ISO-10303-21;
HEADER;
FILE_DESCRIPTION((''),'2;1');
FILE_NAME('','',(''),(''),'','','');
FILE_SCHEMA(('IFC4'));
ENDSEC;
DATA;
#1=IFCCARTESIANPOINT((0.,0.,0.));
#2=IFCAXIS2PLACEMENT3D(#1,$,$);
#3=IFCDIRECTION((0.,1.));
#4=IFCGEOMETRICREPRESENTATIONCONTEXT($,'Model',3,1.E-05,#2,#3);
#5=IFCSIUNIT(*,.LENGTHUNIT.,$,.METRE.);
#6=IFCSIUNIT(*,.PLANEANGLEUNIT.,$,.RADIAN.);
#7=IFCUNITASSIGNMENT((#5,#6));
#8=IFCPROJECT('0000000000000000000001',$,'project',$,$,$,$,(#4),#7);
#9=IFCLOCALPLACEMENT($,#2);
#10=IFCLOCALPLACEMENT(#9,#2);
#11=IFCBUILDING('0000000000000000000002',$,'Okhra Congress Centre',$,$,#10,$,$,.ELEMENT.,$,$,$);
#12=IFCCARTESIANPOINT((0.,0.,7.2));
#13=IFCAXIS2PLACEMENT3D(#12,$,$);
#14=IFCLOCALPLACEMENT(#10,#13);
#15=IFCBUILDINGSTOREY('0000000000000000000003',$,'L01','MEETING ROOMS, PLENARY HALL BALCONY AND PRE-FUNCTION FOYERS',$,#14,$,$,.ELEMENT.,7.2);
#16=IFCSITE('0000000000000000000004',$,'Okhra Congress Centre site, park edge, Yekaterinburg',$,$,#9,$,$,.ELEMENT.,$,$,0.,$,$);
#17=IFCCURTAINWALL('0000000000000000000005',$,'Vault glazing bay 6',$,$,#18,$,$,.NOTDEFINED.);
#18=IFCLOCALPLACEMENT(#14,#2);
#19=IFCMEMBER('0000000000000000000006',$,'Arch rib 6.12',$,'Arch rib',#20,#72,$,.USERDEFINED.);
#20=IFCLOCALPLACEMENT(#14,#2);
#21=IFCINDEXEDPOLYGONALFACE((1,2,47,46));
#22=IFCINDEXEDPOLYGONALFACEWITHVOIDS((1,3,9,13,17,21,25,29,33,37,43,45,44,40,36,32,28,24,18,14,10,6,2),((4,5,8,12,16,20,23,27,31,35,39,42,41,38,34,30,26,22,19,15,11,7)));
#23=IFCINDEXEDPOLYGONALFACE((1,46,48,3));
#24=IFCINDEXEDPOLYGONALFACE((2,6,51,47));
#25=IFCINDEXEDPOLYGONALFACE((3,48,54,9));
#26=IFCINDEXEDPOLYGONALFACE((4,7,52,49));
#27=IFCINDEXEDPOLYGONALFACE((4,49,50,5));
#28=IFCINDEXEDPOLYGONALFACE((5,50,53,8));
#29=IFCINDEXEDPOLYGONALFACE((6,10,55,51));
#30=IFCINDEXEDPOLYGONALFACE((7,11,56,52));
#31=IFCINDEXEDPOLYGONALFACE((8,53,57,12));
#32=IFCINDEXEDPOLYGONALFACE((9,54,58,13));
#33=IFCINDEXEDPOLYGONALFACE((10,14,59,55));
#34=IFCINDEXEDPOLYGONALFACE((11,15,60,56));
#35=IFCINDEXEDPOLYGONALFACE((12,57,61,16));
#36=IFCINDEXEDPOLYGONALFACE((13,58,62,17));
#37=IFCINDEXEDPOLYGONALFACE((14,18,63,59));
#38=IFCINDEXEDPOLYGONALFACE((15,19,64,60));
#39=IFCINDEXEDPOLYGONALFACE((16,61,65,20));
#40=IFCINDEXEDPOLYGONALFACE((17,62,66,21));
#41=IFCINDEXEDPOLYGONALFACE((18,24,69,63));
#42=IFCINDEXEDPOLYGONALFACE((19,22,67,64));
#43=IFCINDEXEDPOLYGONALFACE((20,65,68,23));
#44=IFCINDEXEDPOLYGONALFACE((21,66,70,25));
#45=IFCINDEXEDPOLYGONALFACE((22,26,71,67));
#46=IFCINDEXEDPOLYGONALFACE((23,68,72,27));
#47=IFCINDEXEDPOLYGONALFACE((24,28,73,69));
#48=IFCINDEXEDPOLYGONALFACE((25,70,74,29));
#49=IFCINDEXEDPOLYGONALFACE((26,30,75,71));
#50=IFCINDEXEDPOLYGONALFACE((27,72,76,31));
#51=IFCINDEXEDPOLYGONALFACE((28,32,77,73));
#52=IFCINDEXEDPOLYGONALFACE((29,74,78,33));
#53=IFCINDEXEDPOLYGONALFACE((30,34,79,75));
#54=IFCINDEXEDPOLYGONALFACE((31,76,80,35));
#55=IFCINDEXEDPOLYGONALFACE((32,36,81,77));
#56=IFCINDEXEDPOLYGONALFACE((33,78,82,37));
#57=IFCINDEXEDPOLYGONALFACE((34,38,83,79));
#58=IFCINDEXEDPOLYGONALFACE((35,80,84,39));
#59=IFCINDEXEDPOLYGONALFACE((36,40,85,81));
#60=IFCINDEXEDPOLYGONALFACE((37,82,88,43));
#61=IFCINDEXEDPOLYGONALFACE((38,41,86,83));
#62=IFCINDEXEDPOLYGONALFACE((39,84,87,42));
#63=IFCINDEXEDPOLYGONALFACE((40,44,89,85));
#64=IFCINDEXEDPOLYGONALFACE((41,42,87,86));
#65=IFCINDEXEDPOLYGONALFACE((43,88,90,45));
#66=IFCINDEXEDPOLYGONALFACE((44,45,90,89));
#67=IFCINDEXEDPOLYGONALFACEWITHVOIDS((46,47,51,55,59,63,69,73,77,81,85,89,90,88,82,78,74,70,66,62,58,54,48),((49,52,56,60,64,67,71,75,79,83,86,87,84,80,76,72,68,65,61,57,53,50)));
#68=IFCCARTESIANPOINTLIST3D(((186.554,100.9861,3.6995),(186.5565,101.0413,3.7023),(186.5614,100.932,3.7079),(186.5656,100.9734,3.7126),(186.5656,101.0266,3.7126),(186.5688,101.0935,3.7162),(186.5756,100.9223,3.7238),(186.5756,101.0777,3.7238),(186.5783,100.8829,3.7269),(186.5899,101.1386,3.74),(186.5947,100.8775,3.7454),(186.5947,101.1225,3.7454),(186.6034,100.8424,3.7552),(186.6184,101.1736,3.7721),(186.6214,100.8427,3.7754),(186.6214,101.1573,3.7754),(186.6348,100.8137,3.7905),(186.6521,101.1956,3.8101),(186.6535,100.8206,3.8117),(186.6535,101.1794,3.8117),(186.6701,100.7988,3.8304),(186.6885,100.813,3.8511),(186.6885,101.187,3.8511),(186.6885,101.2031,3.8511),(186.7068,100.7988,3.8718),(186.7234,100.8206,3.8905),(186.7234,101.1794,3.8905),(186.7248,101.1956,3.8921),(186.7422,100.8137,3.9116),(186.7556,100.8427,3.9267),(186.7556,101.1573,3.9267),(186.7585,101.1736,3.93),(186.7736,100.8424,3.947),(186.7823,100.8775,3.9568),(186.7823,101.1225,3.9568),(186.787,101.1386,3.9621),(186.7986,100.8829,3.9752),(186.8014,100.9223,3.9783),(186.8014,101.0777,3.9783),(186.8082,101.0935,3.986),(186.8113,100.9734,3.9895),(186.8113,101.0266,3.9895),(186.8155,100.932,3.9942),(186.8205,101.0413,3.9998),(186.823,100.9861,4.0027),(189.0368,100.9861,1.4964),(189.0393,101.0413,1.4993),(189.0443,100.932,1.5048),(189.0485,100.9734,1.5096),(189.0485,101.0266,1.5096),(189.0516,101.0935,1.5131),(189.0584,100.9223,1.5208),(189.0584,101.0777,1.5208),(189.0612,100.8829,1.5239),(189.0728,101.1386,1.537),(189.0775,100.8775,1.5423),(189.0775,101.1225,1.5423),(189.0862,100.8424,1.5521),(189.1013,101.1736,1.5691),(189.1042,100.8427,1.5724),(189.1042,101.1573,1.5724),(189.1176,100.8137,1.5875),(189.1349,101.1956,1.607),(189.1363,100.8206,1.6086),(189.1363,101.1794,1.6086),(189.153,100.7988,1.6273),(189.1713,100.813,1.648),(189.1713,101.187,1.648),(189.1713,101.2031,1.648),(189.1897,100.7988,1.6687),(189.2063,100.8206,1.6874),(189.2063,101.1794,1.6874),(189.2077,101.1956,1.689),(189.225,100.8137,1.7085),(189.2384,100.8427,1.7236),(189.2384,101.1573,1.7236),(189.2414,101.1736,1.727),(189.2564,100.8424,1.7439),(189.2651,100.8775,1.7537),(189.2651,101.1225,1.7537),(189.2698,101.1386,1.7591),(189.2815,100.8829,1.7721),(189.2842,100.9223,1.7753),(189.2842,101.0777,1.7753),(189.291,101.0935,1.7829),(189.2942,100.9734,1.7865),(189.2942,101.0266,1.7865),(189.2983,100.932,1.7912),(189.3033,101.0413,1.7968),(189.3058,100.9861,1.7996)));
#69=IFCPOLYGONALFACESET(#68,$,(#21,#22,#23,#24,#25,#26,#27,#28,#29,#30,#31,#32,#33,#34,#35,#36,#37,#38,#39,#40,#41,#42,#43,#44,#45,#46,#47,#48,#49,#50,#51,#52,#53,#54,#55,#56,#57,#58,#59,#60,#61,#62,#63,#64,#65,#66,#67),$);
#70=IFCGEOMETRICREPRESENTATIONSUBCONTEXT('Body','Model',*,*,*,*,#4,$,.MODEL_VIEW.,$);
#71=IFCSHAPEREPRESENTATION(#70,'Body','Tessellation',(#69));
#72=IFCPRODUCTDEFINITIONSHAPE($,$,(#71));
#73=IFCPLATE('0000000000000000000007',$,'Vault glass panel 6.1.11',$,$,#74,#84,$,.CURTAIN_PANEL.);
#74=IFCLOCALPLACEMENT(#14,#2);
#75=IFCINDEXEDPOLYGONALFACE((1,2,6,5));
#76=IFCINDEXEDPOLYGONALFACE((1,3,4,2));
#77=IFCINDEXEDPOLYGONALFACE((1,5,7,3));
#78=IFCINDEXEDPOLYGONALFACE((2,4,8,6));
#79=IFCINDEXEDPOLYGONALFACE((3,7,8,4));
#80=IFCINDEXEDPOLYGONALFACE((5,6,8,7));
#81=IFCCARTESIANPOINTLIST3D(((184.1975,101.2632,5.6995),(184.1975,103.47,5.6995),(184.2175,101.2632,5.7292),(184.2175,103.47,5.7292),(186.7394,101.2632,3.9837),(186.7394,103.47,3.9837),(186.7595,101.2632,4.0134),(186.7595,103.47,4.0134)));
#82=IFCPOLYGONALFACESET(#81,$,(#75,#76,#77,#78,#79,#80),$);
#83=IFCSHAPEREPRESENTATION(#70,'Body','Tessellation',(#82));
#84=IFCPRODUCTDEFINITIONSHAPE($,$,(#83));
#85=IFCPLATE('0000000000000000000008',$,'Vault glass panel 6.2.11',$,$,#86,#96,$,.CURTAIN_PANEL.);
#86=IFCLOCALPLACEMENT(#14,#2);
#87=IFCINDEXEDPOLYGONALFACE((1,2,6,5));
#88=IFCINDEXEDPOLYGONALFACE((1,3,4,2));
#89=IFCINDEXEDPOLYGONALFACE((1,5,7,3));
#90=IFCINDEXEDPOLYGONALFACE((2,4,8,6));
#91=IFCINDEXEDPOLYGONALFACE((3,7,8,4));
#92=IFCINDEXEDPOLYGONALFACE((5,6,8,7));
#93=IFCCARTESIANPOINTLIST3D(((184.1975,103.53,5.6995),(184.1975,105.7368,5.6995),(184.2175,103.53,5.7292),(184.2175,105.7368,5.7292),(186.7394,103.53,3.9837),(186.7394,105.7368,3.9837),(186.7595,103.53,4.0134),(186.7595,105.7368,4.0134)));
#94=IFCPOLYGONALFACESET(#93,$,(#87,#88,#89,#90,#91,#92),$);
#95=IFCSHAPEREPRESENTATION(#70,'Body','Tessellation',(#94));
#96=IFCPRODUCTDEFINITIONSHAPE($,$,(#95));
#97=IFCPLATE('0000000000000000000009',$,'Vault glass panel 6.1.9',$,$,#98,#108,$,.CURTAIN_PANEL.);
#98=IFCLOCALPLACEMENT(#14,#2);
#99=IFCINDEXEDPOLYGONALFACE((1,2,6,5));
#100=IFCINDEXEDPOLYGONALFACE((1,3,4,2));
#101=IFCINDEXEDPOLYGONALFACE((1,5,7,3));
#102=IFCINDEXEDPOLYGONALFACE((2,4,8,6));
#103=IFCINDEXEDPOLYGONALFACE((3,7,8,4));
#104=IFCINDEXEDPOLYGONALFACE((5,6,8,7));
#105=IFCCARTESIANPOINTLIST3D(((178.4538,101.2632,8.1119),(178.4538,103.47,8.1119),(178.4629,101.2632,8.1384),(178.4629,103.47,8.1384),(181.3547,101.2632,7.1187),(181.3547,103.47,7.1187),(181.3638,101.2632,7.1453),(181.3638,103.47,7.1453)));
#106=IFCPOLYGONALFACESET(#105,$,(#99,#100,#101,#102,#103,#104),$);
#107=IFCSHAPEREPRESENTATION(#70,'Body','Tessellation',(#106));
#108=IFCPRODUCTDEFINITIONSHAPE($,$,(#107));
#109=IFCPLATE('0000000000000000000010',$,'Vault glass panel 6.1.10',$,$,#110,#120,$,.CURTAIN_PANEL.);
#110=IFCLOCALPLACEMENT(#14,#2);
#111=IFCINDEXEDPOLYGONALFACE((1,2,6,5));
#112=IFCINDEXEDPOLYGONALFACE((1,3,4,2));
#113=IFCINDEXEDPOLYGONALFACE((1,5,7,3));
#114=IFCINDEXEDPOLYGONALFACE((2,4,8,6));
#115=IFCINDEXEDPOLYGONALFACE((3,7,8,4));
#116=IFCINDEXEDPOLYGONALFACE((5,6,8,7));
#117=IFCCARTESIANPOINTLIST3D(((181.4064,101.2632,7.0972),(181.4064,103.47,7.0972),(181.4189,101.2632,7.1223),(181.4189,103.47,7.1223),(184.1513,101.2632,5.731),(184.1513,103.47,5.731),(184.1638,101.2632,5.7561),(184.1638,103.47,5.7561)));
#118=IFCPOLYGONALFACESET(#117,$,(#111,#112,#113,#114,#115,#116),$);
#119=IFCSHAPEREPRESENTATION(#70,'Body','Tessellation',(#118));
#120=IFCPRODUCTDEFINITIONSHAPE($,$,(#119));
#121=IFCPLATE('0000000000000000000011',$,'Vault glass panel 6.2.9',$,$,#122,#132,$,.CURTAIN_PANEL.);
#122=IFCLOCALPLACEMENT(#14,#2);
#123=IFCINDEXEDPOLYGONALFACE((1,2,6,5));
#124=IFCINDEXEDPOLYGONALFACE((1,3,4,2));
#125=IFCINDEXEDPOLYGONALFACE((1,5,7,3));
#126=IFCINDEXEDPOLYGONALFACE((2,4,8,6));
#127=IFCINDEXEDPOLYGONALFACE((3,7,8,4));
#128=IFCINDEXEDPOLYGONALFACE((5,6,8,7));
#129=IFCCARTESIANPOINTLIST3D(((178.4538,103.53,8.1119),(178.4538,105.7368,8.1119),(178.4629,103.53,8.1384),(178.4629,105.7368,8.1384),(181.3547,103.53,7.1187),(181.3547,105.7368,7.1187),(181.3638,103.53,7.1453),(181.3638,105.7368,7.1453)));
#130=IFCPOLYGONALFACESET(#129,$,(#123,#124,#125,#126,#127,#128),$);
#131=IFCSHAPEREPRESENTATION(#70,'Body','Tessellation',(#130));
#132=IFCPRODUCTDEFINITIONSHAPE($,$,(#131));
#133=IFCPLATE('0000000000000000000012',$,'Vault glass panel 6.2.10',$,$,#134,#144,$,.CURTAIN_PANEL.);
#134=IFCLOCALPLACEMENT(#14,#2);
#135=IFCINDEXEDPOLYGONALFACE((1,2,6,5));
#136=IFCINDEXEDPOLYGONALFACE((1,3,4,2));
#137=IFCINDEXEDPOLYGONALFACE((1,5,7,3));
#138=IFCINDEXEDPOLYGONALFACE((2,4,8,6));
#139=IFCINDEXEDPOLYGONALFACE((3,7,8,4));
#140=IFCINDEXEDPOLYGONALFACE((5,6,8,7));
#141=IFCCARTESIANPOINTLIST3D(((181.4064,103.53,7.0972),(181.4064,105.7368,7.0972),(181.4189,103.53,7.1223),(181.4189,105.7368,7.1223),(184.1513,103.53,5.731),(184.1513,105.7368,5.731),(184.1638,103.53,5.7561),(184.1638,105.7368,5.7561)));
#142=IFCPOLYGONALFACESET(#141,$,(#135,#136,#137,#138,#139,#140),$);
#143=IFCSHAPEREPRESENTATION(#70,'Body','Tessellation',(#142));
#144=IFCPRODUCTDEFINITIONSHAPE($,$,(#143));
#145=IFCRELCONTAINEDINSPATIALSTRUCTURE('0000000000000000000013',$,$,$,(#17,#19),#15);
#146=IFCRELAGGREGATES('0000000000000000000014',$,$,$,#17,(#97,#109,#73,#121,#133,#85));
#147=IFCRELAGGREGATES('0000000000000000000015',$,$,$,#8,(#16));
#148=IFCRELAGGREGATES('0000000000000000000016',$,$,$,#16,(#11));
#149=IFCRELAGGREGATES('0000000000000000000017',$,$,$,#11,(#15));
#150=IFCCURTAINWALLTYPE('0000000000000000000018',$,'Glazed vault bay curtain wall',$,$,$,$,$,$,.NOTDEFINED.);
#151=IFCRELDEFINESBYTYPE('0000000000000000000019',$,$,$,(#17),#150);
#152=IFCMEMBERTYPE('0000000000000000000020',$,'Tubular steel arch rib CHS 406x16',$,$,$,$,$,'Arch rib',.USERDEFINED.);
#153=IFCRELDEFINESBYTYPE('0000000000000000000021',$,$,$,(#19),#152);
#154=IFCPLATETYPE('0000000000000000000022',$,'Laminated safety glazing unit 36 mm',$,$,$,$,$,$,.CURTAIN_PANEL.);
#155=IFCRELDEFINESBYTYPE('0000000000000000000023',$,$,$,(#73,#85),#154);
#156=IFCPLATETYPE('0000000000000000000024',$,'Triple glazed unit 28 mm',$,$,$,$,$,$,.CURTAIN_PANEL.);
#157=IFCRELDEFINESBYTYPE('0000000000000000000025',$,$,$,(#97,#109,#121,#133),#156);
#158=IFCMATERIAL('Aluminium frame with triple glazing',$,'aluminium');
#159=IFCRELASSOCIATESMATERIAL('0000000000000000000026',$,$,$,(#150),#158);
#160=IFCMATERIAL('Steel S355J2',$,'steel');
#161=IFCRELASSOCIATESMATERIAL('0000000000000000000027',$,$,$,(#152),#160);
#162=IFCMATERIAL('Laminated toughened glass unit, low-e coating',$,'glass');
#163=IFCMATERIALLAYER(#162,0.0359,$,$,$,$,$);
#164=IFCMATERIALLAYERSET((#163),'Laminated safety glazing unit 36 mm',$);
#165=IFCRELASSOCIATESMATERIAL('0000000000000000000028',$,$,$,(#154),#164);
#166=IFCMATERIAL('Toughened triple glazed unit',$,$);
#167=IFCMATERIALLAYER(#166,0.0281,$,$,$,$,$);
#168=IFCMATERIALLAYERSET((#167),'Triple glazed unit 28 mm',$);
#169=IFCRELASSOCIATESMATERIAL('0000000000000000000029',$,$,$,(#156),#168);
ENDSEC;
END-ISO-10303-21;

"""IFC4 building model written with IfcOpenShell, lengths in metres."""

from ifc_helpers import new_model, si_unit, direction, frame, origin, origin_2d, place, context, subcontext, project, spatial, polyline, hollow_circle, outline, extrude, material, layer, layer_set, material_profile, profile_set, type_object, element, aggregate, save


model = new_model("IFC4")

# Units and contexts
model_context = context("Model", 3, precision=1e-05, world=origin(), true_north=direction((0.0, 1.0)))
body_context = subcontext(model_context, "Body", "Model", "MODEL_VIEW")
ifc_project = project(units=[si_unit("LENGTHUNIT", "METRE"), si_unit("PLANEANGLEUNIT", "RADIAN")], contexts=[model_context])

# Site, building, storey
site_placement = place(None, origin())
site = spatial("IfcSite", under=ifc_project, at=site_placement, Name="Okhra Congress Centre site, park edge, Yekaterinburg", CompositionType="ELEMENT", RefElevation=0.0)
building_placement = place(site_placement, origin())
building = spatial("IfcBuilding", under=site, at=building_placement, Name="Okhra Congress Centre", CompositionType="ELEMENT")
storey_placement = place(building_placement, frame((0.0, 0.0, 7.2)))
storey = spatial("IfcBuildingStorey", under=building, at=storey_placement, Name="L01", Description="MEETING ROOMS, PLENARY HALL BALCONY AND PRE-FUNCTION FOYERS", CompositionType="ELEMENT", Elevation=7.2)

# Curtain wall
ifc_material_1 = material(Name="Aluminium frame with triple glazing", Category="aluminium")
curtain_wall_type = type_object("IfcCurtainWallType", Name="Glazed vault bay curtain wall", PredefinedType="NOTDEFINED", material=ifc_material_1)
curtain_wall_placement = place(storey_placement, origin())
curtain_wall = element("IfcCurtainWall", 1, at=curtain_wall_placement, inside=storey, type_object=curtain_wall_type, Name="Vault glazing bay 6", PredefinedType="NOTDEFINED")

# Member
ifc_material_2 = material(Name="Steel S355J2", Category="steel")
ifc_material_profile_1 = material_profile(ifc_material_2, hollow_circle(Radius=0.2031, WallThickness=0.0161, at=origin_2d()), Name="CHS 406.4x16")
ifc_profile_set_1 = profile_set([ifc_material_profile_1], Name="Steel S355J2")
member_type_1 = type_object("IfcMemberType", Name="Tubular steel arch rib CHS 406x16", ElementType="Arch rib", PredefinedType="USERDEFINED", material=ifc_profile_set_1)
member_1_placement = place(storey_placement, frame((186.6885, 101.0, 3.8511), z_axis=(0.747993, 0.0, -0.663706), x_axis=(0.0, 1.0, 0.0)))
element("IfcMember", 2, at=member_1_placement, inside=storey, type_object=member_type_1, Name="Arch rib 6.12", ObjectType="Arch rib", PredefinedType="USERDEFINED", context=body_context, shape_type="SweptSolid", body=[
    extrude(hollow_circle(Radius=0.2031, WallThickness=0.0161, at=origin_2d()), origin(), (0.0, 0.0, 1.0), 3.3193),
])

# Plates
ifc_material_3 = material(Name="Laminated toughened glass unit, low-e coating", Category="glass")
ifc_layer_1 = layer(ifc_material_3, 0.0359)
ifc_layer_set_1 = layer_set([ifc_layer_1], Name="Laminated safety glazing unit 36 mm")
plate_type_1 = type_object("IfcPlateType", Name="Laminated safety glazing unit 36 mm", PredefinedType="CURTAIN_PANEL", material=ifc_layer_set_1)
plate_1_placement = place(storey_placement, frame((184.2175, 101.2632, 5.7292), z_axis=(0.559467, 0.0, 0.828852), x_axis=(0.828852, 0.0, -0.559467)))
plate_1 = element("IfcPlate", 3, at=plate_1_placement, type_object=plate_type_1, Name="Vault glass panel 6.1.11", PredefinedType="CURTAIN_PANEL", context=body_context, shape_type="SweptSolid", body=[
    extrude(outline(polyline([(0.0, 0.0), (3.0669, 0.0), (3.0669, 2.2068), (0.0, 2.2068), (0.0, 0.0)])), origin(), (0.0, 0.0, -1.0), 0.0359),
])
plate_2_placement = place(storey_placement, frame((184.2175, 103.53, 5.7292), z_axis=(0.559467, 0.0, 0.828852), x_axis=(0.828852, 0.0, -0.559467)))
plate_2 = element("IfcPlate", 4, at=plate_2_placement, type_object=plate_type_1, Name="Vault glass panel 6.2.11", PredefinedType="CURTAIN_PANEL", context=body_context, shape_type="SweptSolid", body=[
    extrude(outline(polyline([(0.0, 0.0), (3.0669, 0.0), (3.0669, 2.2068), (0.0, 2.2068), (0.0, 0.0)])), origin(), (0.0, 0.0, -1.0), 0.0359),
])
ifc_material_4 = material(Name="Toughened triple glazed unit")
ifc_layer_2 = layer(ifc_material_4, 0.0281)
ifc_layer_set_2 = layer_set([ifc_layer_2], Name="Triple glazed unit 28 mm")
plate_type_2 = type_object("IfcPlateType", Name="Triple glazed unit 28 mm", PredefinedType="CURTAIN_PANEL", material=ifc_layer_set_2)
plate_3_placement = place(storey_placement, frame((178.4629, 101.2632, 8.1384), z_axis=(0.323909, 0.0, 0.946088), x_axis=(0.946088, 0.0, -0.323909)))
plate_3 = element("IfcPlate", 5, at=plate_3_placement, type_object=plate_type_2, Name="Vault glass panel 6.1.9", PredefinedType="CURTAIN_PANEL", context=body_context, shape_type="SweptSolid", body=[
    extrude(outline(polyline([(0.0, 0.0), (3.0662, 0.0), (3.0662, 2.2068), (0.0, 2.2068), (0.0, 0.0)])), origin(), (0.0, 0.0, -1.0), 0.0281),
])
plate_4_placement = place(storey_placement, frame((181.4189, 101.2632, 7.1223), z_axis=(0.445588, 0.0, 0.895238), x_axis=(0.895238, 0.0, -0.445588)))
plate_4 = element("IfcPlate", 6, at=plate_4_placement, type_object=plate_type_2, Name="Vault glass panel 6.1.10", PredefinedType="CURTAIN_PANEL", context=body_context, shape_type="SweptSolid", body=[
    extrude(outline(polyline([(0.0, 0.0), (3.0661, 0.0), (3.0661, 2.2068), (0.0, 2.2068), (0.0, 0.0)])), origin(), (0.0, 0.0, -1.0), 0.0281),
])
plate_5_placement = place(storey_placement, frame((178.4629, 103.53, 8.1384), z_axis=(0.323909, 0.0, 0.946088), x_axis=(0.946088, 0.0, -0.323909)))
plate_5 = element("IfcPlate", 7, at=plate_5_placement, type_object=plate_type_2, Name="Vault glass panel 6.2.9", PredefinedType="CURTAIN_PANEL", context=body_context, shape_type="SweptSolid", body=[
    extrude(outline(polyline([(0.0, 0.0), (3.0662, 0.0), (3.0662, 2.2068), (0.0, 2.2068), (0.0, 0.0)])), origin(), (0.0, 0.0, -1.0), 0.0281),
])
plate_6_placement = place(storey_placement, frame((181.4189, 103.53, 7.1223), z_axis=(0.445588, 0.0, 0.895238), x_axis=(0.895238, 0.0, -0.445588)))
plate_6 = element("IfcPlate", 8, at=plate_6_placement, type_object=plate_type_2, Name="Vault glass panel 6.2.10", PredefinedType="CURTAIN_PANEL", context=body_context, shape_type="SweptSolid", body=[
    extrude(outline(polyline([(0.0, 0.0), (3.0661, 0.0), (3.0661, 2.2068), (0.0, 2.2068), (0.0, 0.0)])), origin(), (0.0, 0.0, -1.0), 0.0281),
])
aggregate(curtain_wall, [plate_3, plate_4, plate_1, plate_5, plate_6, plate_2])

save(model, "model.ifc")
